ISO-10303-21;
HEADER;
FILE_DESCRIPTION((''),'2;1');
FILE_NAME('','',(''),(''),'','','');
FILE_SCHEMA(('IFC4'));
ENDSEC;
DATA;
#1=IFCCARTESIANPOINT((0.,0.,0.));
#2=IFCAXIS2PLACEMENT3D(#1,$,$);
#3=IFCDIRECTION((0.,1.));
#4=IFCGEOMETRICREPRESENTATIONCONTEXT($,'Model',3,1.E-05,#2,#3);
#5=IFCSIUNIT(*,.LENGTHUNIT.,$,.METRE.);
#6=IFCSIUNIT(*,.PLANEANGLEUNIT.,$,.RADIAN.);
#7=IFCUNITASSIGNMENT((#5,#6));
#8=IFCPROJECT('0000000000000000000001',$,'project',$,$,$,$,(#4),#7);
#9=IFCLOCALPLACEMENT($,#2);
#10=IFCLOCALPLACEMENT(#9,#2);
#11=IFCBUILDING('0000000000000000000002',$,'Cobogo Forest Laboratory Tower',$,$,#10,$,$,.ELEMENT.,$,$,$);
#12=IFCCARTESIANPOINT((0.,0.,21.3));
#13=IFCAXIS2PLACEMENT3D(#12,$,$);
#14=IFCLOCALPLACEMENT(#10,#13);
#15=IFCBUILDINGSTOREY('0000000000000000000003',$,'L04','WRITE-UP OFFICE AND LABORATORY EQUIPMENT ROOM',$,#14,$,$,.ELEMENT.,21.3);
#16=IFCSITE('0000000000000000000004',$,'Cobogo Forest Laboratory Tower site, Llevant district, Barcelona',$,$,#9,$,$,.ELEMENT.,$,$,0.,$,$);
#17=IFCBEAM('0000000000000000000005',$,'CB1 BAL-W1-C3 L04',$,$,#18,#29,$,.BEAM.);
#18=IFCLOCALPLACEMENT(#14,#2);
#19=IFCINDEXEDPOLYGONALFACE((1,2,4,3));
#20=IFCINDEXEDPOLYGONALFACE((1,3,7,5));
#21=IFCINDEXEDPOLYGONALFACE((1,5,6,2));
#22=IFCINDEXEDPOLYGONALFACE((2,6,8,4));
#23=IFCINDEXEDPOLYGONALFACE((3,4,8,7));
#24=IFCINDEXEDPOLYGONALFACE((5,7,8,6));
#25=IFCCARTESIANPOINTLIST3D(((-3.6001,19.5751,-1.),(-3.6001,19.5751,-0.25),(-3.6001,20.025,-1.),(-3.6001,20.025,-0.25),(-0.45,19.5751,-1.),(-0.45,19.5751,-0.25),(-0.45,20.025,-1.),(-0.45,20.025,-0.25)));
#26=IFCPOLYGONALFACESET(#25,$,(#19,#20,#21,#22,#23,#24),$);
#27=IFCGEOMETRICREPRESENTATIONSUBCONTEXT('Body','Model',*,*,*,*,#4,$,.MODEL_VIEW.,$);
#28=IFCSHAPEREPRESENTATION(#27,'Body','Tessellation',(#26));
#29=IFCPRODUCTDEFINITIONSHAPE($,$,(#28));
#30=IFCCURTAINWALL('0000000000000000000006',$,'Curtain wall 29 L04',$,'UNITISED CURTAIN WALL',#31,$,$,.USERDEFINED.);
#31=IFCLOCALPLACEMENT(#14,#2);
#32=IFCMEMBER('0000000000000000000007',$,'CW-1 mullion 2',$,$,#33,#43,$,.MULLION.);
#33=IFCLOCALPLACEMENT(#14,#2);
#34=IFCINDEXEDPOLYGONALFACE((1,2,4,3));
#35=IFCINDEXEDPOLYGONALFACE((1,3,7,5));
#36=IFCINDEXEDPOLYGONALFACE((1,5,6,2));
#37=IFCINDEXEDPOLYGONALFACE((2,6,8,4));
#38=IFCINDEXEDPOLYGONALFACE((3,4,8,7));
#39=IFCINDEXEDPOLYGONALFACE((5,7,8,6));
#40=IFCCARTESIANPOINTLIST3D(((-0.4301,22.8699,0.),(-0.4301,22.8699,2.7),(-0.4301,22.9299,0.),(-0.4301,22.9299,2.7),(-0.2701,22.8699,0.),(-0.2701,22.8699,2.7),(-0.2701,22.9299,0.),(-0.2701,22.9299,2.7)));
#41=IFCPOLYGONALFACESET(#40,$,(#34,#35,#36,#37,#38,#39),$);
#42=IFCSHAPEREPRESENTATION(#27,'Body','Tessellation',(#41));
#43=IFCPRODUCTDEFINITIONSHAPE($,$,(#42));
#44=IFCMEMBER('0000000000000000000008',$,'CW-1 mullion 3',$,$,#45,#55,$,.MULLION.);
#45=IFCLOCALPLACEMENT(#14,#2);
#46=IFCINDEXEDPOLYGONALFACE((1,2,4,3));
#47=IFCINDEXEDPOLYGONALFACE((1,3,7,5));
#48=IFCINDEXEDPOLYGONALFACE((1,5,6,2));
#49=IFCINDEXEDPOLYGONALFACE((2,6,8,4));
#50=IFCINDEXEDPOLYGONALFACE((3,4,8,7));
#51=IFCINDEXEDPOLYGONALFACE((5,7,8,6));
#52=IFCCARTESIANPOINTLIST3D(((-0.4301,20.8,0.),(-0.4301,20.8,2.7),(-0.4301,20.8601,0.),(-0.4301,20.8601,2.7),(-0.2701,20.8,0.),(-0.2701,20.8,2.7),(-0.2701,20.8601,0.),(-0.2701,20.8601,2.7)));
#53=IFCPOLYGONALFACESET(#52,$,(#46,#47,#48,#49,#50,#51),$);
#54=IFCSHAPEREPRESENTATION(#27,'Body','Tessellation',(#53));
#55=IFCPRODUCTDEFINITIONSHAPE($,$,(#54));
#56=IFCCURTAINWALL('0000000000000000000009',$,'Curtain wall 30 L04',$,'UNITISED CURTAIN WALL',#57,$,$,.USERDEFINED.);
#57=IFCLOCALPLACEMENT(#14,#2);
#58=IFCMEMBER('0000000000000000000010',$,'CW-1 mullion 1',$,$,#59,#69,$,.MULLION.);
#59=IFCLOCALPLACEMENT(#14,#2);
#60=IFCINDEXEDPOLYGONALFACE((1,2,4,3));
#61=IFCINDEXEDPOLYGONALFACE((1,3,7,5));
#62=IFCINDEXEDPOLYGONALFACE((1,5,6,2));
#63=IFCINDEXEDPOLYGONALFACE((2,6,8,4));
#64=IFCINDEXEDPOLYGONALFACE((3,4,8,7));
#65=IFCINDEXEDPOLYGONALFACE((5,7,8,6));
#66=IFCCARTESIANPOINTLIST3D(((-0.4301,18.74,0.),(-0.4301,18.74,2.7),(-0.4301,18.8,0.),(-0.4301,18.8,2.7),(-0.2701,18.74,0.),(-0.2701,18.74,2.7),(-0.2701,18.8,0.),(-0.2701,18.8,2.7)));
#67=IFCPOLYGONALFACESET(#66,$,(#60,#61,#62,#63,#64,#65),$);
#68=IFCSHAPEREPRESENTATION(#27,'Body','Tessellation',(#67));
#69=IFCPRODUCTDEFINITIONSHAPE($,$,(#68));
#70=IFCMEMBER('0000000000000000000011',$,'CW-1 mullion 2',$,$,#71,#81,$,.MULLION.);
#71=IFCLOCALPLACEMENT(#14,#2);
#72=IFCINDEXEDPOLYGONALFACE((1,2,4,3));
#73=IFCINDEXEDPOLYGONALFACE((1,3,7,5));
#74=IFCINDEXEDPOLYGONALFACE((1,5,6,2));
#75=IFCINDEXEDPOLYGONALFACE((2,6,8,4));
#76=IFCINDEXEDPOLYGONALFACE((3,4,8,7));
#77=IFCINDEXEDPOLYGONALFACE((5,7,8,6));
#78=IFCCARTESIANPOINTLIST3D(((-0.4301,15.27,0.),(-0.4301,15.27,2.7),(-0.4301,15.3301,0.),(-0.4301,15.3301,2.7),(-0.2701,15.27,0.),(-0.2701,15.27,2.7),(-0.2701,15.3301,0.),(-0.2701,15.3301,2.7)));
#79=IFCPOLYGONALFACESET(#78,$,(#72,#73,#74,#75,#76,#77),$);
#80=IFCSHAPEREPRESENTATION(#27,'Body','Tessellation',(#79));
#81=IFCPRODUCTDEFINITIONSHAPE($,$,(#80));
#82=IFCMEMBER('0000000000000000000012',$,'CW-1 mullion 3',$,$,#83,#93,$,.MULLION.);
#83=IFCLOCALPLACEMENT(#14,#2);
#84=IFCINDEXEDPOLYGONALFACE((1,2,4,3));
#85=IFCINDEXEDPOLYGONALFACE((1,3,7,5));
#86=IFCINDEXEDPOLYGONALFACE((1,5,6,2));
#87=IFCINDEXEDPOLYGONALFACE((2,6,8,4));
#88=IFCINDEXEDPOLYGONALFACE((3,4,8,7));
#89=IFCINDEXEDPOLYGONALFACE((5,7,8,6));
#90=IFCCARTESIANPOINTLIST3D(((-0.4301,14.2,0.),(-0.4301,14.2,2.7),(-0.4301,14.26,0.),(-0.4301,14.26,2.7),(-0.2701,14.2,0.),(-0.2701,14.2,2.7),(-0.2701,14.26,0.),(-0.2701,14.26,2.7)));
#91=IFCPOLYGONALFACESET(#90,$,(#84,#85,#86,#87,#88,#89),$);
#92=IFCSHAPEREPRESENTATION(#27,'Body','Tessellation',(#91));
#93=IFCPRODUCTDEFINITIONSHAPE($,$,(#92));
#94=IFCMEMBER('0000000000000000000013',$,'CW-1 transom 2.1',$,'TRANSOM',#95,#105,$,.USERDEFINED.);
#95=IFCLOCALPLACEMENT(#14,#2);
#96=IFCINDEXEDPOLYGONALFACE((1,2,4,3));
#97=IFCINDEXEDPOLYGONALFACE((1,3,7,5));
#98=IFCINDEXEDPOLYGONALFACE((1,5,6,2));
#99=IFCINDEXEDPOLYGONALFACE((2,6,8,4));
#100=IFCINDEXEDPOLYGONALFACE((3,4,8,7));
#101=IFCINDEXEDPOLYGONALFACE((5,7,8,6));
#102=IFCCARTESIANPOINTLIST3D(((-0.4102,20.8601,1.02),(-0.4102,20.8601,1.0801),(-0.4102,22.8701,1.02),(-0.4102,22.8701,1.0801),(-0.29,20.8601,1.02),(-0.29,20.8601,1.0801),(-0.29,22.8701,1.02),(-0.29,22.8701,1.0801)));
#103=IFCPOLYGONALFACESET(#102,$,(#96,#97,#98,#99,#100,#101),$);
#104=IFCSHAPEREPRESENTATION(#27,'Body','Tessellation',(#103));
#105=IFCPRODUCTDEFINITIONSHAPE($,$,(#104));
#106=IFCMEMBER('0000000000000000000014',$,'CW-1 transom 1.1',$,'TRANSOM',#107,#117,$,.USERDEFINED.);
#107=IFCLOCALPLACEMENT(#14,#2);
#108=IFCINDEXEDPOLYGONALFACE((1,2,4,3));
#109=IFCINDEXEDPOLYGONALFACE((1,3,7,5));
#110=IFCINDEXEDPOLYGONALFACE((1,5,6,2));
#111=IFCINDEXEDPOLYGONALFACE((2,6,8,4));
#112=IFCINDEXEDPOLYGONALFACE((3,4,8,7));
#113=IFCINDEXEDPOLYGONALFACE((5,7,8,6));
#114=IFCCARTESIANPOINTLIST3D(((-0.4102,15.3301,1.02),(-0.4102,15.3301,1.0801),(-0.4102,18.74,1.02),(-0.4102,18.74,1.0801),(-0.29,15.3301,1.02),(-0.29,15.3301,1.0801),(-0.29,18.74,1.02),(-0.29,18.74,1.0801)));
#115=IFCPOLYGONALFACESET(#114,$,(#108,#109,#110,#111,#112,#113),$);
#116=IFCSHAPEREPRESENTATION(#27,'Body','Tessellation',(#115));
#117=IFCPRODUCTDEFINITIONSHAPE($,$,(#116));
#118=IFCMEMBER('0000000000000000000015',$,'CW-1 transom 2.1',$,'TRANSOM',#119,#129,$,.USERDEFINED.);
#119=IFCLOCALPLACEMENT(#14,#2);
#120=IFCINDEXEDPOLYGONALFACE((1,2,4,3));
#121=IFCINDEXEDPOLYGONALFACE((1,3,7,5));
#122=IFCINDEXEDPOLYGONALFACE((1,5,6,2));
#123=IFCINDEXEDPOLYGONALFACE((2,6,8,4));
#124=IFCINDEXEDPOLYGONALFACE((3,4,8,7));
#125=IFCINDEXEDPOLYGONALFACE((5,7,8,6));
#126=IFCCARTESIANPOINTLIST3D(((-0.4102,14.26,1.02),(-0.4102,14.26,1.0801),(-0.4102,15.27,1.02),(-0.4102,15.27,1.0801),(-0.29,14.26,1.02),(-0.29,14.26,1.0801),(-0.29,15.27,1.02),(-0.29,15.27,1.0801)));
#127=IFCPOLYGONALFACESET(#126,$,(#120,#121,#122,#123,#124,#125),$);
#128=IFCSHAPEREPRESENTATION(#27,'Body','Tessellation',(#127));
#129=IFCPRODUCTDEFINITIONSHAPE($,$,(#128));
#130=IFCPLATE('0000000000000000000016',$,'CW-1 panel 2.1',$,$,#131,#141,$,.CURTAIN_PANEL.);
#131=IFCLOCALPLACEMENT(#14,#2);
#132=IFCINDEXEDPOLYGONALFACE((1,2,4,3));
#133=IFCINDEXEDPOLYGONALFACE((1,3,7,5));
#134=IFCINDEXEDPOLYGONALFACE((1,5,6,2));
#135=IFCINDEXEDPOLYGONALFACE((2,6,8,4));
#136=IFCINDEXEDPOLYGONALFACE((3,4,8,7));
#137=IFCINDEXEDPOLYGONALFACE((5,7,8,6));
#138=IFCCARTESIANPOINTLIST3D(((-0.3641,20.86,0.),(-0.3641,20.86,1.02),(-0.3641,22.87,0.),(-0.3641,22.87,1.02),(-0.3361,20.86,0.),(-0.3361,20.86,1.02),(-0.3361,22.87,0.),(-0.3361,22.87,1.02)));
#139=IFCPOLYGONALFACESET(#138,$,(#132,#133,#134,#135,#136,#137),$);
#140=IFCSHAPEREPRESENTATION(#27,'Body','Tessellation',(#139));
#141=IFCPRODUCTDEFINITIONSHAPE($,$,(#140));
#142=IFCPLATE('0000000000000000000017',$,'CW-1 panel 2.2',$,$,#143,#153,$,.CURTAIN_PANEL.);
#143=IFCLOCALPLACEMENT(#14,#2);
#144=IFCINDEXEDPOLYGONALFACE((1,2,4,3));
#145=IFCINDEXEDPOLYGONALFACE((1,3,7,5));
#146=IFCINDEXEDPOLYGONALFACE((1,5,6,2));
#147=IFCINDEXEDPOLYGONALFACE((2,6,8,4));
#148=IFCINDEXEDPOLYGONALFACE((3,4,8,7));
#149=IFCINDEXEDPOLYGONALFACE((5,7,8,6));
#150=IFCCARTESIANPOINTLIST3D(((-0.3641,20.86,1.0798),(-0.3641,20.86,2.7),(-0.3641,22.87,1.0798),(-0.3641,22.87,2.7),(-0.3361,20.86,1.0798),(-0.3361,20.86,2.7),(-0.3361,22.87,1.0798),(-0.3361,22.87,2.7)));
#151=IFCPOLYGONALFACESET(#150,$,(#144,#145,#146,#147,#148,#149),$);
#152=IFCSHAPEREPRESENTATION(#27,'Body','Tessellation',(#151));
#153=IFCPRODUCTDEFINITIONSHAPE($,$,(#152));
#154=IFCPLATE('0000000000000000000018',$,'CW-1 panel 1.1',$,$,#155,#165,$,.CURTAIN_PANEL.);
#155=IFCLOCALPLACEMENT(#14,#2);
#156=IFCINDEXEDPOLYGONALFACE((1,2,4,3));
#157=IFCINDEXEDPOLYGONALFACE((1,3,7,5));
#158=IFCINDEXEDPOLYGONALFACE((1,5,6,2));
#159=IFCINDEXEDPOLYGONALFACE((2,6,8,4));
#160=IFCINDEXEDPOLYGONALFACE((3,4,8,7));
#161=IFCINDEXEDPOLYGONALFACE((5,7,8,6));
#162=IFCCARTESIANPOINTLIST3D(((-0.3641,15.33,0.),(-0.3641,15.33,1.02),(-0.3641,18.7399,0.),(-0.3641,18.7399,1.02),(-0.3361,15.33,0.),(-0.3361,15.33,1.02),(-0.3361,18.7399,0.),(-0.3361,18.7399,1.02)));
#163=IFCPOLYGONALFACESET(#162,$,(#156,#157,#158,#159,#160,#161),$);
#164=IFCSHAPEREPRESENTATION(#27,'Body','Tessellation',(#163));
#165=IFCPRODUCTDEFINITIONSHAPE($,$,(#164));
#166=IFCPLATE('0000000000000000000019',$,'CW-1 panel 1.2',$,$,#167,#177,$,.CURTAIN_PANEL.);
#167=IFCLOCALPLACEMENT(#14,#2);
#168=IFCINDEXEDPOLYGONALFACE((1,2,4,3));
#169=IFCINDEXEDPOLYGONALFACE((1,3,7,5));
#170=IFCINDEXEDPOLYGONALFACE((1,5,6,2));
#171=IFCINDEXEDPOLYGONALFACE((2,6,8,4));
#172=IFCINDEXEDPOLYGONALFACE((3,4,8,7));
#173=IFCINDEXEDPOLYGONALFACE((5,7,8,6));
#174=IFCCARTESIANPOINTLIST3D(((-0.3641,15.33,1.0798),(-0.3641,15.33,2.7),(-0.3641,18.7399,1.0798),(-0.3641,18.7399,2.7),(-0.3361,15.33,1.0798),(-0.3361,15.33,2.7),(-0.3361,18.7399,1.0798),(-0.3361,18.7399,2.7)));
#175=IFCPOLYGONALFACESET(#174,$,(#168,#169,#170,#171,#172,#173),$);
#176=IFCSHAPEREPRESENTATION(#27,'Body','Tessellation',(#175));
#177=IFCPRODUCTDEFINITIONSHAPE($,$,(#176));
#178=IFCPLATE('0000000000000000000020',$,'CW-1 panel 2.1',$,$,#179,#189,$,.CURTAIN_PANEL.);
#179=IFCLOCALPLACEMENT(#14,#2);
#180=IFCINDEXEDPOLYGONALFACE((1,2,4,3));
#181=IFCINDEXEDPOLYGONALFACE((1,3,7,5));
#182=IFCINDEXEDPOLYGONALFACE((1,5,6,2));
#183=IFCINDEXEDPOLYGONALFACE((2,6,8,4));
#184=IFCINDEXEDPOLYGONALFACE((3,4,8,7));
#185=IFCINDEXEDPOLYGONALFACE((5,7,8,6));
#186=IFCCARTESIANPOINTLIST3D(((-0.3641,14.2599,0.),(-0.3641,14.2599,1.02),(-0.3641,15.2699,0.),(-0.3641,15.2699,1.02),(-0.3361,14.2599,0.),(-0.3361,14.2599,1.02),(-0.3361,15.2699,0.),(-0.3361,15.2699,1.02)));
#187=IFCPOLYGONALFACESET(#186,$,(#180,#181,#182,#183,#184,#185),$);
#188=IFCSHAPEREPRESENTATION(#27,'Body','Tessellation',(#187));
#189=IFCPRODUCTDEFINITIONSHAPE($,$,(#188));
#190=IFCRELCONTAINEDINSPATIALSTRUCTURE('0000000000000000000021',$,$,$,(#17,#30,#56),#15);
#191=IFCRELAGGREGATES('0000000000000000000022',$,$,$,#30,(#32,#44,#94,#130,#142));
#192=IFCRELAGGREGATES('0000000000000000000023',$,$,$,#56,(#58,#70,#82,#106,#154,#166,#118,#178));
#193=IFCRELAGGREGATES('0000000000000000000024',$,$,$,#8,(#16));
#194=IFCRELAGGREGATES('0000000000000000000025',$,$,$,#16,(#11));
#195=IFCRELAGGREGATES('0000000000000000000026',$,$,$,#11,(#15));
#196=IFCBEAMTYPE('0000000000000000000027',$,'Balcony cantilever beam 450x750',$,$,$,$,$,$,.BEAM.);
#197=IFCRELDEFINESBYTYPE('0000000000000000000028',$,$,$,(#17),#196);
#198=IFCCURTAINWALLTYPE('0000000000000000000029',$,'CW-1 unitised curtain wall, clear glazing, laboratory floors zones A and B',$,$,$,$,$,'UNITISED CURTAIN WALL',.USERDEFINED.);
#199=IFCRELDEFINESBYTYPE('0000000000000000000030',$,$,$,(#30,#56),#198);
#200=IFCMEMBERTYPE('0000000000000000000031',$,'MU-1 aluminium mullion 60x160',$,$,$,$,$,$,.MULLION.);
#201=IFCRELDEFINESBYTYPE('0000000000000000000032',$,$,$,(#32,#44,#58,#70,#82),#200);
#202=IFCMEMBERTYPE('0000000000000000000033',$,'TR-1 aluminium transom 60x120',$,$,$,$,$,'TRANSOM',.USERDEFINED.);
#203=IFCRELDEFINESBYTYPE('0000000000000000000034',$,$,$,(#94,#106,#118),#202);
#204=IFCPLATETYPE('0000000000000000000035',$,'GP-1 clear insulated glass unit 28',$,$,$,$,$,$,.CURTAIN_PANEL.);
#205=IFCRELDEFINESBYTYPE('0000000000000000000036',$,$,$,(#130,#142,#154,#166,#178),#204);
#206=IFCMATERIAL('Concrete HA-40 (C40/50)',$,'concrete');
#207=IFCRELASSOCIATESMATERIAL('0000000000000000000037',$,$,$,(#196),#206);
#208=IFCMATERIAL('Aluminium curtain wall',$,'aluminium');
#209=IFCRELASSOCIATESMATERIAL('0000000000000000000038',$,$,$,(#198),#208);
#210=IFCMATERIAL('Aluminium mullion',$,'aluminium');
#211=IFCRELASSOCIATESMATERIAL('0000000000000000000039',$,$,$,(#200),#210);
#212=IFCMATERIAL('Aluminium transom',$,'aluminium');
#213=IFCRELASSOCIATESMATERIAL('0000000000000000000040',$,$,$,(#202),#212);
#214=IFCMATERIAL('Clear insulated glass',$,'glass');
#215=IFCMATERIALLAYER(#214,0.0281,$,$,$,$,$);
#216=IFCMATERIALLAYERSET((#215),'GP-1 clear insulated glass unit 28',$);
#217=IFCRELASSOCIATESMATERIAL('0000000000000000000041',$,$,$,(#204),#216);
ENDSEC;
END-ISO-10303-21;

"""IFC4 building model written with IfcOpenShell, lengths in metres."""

from ifc_helpers import new_model, si_unit, direction, frame, origin, origin_2d, place, context, subcontext, project, spatial, rectangle, extrude, material, layer, layer_set, material_profile, profile_set, type_object, element, aggregate, save


model = new_model("IFC4")

# Units and contexts
model_context = context("Model", 3, precision=1e-05, world=origin(), true_north=direction((0.0, 1.0)))
body_context = subcontext(model_context, "Body", "Model", "MODEL_VIEW")
ifc_project = project(units=[si_unit("LENGTHUNIT", "METRE"), si_unit("PLANEANGLEUNIT", "RADIAN")], contexts=[model_context])

# Site, building, storey
site_placement = place(None, origin())
site = spatial("IfcSite", under=ifc_project, at=site_placement, Name="Cobogo Forest Laboratory Tower site, Llevant district, Barcelona", CompositionType="ELEMENT", RefElevation=0.0)
building_placement = place(site_placement, origin())
building = spatial("IfcBuilding", under=site, at=building_placement, Name="Cobogo Forest Laboratory Tower", CompositionType="ELEMENT")
storey_placement = place(building_placement, frame((0.0, 0.0, 21.3)))
storey = spatial("IfcBuildingStorey", under=building, at=storey_placement, Name="L04", Description="WRITE-UP OFFICE AND LABORATORY EQUIPMENT ROOM", CompositionType="ELEMENT", Elevation=21.3)

# Beam
ifc_material_1 = material(Name="Concrete HA-40 (C40/50)", Category="concrete")
ifc_material_profile_1 = material_profile(ifc_material_1, rectangle(XDim=0.45, YDim=0.75, at=origin_2d()), Name="RC 450x750")
ifc_profile_set_1 = profile_set([ifc_material_profile_1], Name="Concrete HA-40 (C40/50)")
beam_type = type_object("IfcBeamType", Name="Balcony cantilever beam 450x750", PredefinedType="BEAM", material=ifc_profile_set_1)
beam_placement = place(storey_placement, frame((-0.45, 19.8, -0.625), z_axis=(-1.0, 0.0, 0.0), x_axis=(0.0, -1.0, 0.0)))
element("IfcBeam", 1, at=beam_placement, inside=storey, type_object=beam_type, Name="CB1 BAL-W1-C3 L04", PredefinedType="BEAM", context=body_context, shape_type="SweptSolid", body=[
    extrude(rectangle(XDim=0.45, YDim=0.75, at=origin_2d()), origin(), (0.0, 0.0, 1.0), 3.1501),
])

# Curtain walls, members
ifc_material_2 = material(Name="Aluminium curtain wall", Category="aluminium")
curtain_wall_type = type_object("IfcCurtainWallType", Name="CW-1 unitised curtain wall, clear glazing, laboratory floors zones A and B", ElementType="UNITISED CURTAIN WALL", PredefinedType="USERDEFINED", material=ifc_material_2)
curtain_wall_1_placement = place(storey_placement, origin())
curtain_wall_1 = element("IfcCurtainWall", 2, at=curtain_wall_1_placement, inside=storey, type_object=curtain_wall_type, Name="Curtain wall 29 L04", ObjectType="UNITISED CURTAIN WALL", PredefinedType="USERDEFINED")
ifc_material_3 = material(Name="Aluminium mullion", Category="aluminium")
ifc_material_profile_2 = material_profile(ifc_material_3, rectangle(XDim=0.0601, YDim=0.1599, at=origin_2d()), Name="AL 60x160")
ifc_profile_set_2 = profile_set([ifc_material_profile_2], Name="Aluminium mullion")
member_type_1 = type_object("IfcMemberType", Name="MU-1 aluminium mullion 60x160", PredefinedType="MULLION", material=ifc_profile_set_2)
member_1_placement = place(storey_placement, frame((-0.3501, 22.8999, 0.0), z_axis=(0.0, 0.0, 1.0), x_axis=(0.0, -1.0, 0.0)))
member_1 = element("IfcMember", 3, at=member_1_placement, type_object=member_type_1, Name="CW-1 mullion 2", PredefinedType="MULLION", context=body_context, shape_type="SweptSolid", body=[
    extrude(rectangle(XDim=0.0601, YDim=0.1599, at=origin_2d()), origin(), (0.0, 0.0, 1.0), 2.7),
])
member_2_placement = place(storey_placement, frame((-0.3501, 20.8301, 0.0), z_axis=(0.0, 0.0, 1.0), x_axis=(0.0, -1.0, 0.0)))
member_2 = element("IfcMember", 4, at=member_2_placement, type_object=member_type_1, Name="CW-1 mullion 3", PredefinedType="MULLION", context=body_context, shape_type="SweptSolid", body=[
    extrude(rectangle(XDim=0.0601, YDim=0.1599, at=origin_2d()), origin(), (0.0, 0.0, 1.0), 2.7),
])
curtain_wall_2_placement = place(storey_placement, origin())
curtain_wall_2 = element("IfcCurtainWall", 5, at=curtain_wall_2_placement, inside=storey, type_object=curtain_wall_type, Name="Curtain wall 30 L04", ObjectType="UNITISED CURTAIN WALL", PredefinedType="USERDEFINED")
member_3_placement = place(storey_placement, frame((-0.3501, 18.77, 0.0), z_axis=(0.0, 0.0, 1.0), x_axis=(0.0, -1.0, 0.0)))
member_3 = element("IfcMember", 6, at=member_3_placement, type_object=member_type_1, Name="CW-1 mullion 1", PredefinedType="MULLION", context=body_context, shape_type="SweptSolid", body=[
    extrude(rectangle(XDim=0.0601, YDim=0.1599, at=origin_2d()), origin(), (0.0, 0.0, 1.0), 2.7),
])
member_4_placement = place(storey_placement, frame((-0.3501, 15.3, 0.0), z_axis=(0.0, 0.0, 1.0), x_axis=(0.0, -1.0, 0.0)))
member_4 = element("IfcMember", 7, at=member_4_placement, type_object=member_type_1, Name="CW-1 mullion 2", PredefinedType="MULLION", context=body_context, shape_type="SweptSolid", body=[
    extrude(rectangle(XDim=0.0601, YDim=0.1599, at=origin_2d()), origin(), (0.0, 0.0, 1.0), 2.7),
])
member_5_placement = place(storey_placement, frame((-0.3501, 14.23, 0.0), z_axis=(0.0, 0.0, 1.0), x_axis=(0.0, -1.0, 0.0)))
member_5 = element("IfcMember", 8, at=member_5_placement, type_object=member_type_1, Name="CW-1 mullion 3", PredefinedType="MULLION", context=body_context, shape_type="SweptSolid", body=[
    extrude(rectangle(XDim=0.0601, YDim=0.1599, at=origin_2d()), origin(), (0.0, 0.0, 1.0), 2.7),
])

# Members
ifc_material_4 = material(Name="Aluminium transom", Category="aluminium")
ifc_material_profile_3 = material_profile(ifc_material_4, rectangle(XDim=0.1201, YDim=0.0601, at=origin_2d()), Name="AL 60x120")
ifc_profile_set_3 = profile_set([ifc_material_profile_3], Name="Aluminium transom")
member_type_2 = type_object("IfcMemberType", Name="TR-1 aluminium transom 60x120", ElementType="TRANSOM", PredefinedType="USERDEFINED", material=ifc_profile_set_3)
member_6_placement = place(storey_placement, frame((-0.3501, 22.8701, 1.05), z_axis=(0.0, -1.0, 0.0), x_axis=(1.0, 0.0, 0.0)))
member_6 = element("IfcMember", 9, at=member_6_placement, type_object=member_type_2, Name="CW-1 transom 2.1", ObjectType="TRANSOM", PredefinedType="USERDEFINED", context=body_context, shape_type="SweptSolid", body=[
    extrude(rectangle(XDim=0.1201, YDim=0.0601, at=origin_2d()), origin(), (0.0, 0.0, 1.0), 2.01),
])
member_7_placement = place(storey_placement, frame((-0.3501, 18.74, 1.05), z_axis=(0.0, -1.0, 0.0), x_axis=(1.0, 0.0, 0.0)))
member_7 = element("IfcMember", 10, at=member_7_placement, type_object=member_type_2, Name="CW-1 transom 1.1", ObjectType="TRANSOM", PredefinedType="USERDEFINED", context=body_context, shape_type="SweptSolid", body=[
    extrude(rectangle(XDim=0.1201, YDim=0.0601, at=origin_2d()), origin(), (0.0, 0.0, 1.0), 3.4099),
])
member_8_placement = place(storey_placement, frame((-0.3501, 15.27, 1.05), z_axis=(0.0, -1.0, 0.0), x_axis=(1.0, 0.0, 0.0)))
member_8 = element("IfcMember", 11, at=member_8_placement, type_object=member_type_2, Name="CW-1 transom 2.1", ObjectType="TRANSOM", PredefinedType="USERDEFINED", context=body_context, shape_type="SweptSolid", body=[
    extrude(rectangle(XDim=0.1201, YDim=0.0601, at=origin_2d()), origin(), (0.0, 0.0, 1.0), 1.01),
])

# Plates
ifc_material_5 = material(Name="Clear insulated glass", Category="glass")
ifc_layer = layer(ifc_material_5, 0.0281)
ifc_layer_set = layer_set([ifc_layer], Name="GP-1 clear insulated glass unit 28")
plate_type_1 = type_object("IfcPlateType", Name="GP-1 clear insulated glass unit 28", PredefinedType="CURTAIN_PANEL", material=ifc_layer_set)
plate_1_placement = place(storey_placement, frame((-0.3501, 21.865, 0.0), z_axis=(0.0, 0.0, 1.0), x_axis=(0.0, -1.0, 0.0)))
plate_1 = element("IfcPlate", 12, at=plate_1_placement, type_object=plate_type_1, Name="CW-1 panel 2.1", PredefinedType="CURTAIN_PANEL", context=body_context, shape_type="SweptSolid", body=[
    extrude(rectangle(XDim=2.01, YDim=0.0281, at=origin_2d()), origin(), (0.0, 0.0, 1.0), 1.02),
])
plate_2_placement = place(storey_placement, frame((-0.3501, 21.865, 1.0798), z_axis=(0.0, 0.0, 1.0), x_axis=(0.0, -1.0, 0.0)))
plate_2 = element("IfcPlate", 13, at=plate_2_placement, type_object=plate_type_1, Name="CW-1 panel 2.2", PredefinedType="CURTAIN_PANEL", context=body_context, shape_type="SweptSolid", body=[
    extrude(rectangle(XDim=2.01, YDim=0.0281, at=origin_2d()), origin(), (0.0, 0.0, 1.0), 1.6201),
])
aggregate(curtain_wall_1, [member_1, member_2, member_6, plate_1, plate_2])
plate_3_placement = place(storey_placement, frame((-0.3501, 17.0349, 0.0), z_axis=(0.0, 0.0, 1.0), x_axis=(0.0, -1.0, 0.0)))
plate_3 = element("IfcPlate", 14, at=plate_3_placement, type_object=plate_type_1, Name="CW-1 panel 1.1", PredefinedType="CURTAIN_PANEL", context=body_context, shape_type="SweptSolid", body=[
    extrude(rectangle(XDim=3.4099, YDim=0.0281, at=origin_2d()), origin(), (0.0, 0.0, 1.0), 1.02),
])
plate_4_placement = place(storey_placement, frame((-0.3501, 17.0349, 1.0798), z_axis=(0.0, 0.0, 1.0), x_axis=(0.0, -1.0, 0.0)))
plate_4 = element("IfcPlate", 15, at=plate_4_placement, type_object=plate_type_1, Name="CW-1 panel 1.2", PredefinedType="CURTAIN_PANEL", context=body_context, shape_type="SweptSolid", body=[
    extrude(rectangle(XDim=3.4099, YDim=0.0281, at=origin_2d()), origin(), (0.0, 0.0, 1.0), 1.6201),
])
plate_5_placement = place(storey_placement, frame((-0.3501, 14.7649, 0.0), z_axis=(0.0, 0.0, 1.0), x_axis=(0.0, -1.0, 0.0)))
plate_5 = element("IfcPlate", 16, at=plate_5_placement, type_object=plate_type_1, Name="CW-1 panel 2.1", PredefinedType="CURTAIN_PANEL", context=body_context, shape_type="SweptSolid", body=[
    extrude(rectangle(XDim=1.01, YDim=0.0281, at=origin_2d()), origin(), (0.0, 0.0, 1.0), 1.02),
])
aggregate(curtain_wall_2, [member_3, member_4, member_5, member_7, plate_3, plate_4, member_8, plate_5])

save(model, "model.ifc")
